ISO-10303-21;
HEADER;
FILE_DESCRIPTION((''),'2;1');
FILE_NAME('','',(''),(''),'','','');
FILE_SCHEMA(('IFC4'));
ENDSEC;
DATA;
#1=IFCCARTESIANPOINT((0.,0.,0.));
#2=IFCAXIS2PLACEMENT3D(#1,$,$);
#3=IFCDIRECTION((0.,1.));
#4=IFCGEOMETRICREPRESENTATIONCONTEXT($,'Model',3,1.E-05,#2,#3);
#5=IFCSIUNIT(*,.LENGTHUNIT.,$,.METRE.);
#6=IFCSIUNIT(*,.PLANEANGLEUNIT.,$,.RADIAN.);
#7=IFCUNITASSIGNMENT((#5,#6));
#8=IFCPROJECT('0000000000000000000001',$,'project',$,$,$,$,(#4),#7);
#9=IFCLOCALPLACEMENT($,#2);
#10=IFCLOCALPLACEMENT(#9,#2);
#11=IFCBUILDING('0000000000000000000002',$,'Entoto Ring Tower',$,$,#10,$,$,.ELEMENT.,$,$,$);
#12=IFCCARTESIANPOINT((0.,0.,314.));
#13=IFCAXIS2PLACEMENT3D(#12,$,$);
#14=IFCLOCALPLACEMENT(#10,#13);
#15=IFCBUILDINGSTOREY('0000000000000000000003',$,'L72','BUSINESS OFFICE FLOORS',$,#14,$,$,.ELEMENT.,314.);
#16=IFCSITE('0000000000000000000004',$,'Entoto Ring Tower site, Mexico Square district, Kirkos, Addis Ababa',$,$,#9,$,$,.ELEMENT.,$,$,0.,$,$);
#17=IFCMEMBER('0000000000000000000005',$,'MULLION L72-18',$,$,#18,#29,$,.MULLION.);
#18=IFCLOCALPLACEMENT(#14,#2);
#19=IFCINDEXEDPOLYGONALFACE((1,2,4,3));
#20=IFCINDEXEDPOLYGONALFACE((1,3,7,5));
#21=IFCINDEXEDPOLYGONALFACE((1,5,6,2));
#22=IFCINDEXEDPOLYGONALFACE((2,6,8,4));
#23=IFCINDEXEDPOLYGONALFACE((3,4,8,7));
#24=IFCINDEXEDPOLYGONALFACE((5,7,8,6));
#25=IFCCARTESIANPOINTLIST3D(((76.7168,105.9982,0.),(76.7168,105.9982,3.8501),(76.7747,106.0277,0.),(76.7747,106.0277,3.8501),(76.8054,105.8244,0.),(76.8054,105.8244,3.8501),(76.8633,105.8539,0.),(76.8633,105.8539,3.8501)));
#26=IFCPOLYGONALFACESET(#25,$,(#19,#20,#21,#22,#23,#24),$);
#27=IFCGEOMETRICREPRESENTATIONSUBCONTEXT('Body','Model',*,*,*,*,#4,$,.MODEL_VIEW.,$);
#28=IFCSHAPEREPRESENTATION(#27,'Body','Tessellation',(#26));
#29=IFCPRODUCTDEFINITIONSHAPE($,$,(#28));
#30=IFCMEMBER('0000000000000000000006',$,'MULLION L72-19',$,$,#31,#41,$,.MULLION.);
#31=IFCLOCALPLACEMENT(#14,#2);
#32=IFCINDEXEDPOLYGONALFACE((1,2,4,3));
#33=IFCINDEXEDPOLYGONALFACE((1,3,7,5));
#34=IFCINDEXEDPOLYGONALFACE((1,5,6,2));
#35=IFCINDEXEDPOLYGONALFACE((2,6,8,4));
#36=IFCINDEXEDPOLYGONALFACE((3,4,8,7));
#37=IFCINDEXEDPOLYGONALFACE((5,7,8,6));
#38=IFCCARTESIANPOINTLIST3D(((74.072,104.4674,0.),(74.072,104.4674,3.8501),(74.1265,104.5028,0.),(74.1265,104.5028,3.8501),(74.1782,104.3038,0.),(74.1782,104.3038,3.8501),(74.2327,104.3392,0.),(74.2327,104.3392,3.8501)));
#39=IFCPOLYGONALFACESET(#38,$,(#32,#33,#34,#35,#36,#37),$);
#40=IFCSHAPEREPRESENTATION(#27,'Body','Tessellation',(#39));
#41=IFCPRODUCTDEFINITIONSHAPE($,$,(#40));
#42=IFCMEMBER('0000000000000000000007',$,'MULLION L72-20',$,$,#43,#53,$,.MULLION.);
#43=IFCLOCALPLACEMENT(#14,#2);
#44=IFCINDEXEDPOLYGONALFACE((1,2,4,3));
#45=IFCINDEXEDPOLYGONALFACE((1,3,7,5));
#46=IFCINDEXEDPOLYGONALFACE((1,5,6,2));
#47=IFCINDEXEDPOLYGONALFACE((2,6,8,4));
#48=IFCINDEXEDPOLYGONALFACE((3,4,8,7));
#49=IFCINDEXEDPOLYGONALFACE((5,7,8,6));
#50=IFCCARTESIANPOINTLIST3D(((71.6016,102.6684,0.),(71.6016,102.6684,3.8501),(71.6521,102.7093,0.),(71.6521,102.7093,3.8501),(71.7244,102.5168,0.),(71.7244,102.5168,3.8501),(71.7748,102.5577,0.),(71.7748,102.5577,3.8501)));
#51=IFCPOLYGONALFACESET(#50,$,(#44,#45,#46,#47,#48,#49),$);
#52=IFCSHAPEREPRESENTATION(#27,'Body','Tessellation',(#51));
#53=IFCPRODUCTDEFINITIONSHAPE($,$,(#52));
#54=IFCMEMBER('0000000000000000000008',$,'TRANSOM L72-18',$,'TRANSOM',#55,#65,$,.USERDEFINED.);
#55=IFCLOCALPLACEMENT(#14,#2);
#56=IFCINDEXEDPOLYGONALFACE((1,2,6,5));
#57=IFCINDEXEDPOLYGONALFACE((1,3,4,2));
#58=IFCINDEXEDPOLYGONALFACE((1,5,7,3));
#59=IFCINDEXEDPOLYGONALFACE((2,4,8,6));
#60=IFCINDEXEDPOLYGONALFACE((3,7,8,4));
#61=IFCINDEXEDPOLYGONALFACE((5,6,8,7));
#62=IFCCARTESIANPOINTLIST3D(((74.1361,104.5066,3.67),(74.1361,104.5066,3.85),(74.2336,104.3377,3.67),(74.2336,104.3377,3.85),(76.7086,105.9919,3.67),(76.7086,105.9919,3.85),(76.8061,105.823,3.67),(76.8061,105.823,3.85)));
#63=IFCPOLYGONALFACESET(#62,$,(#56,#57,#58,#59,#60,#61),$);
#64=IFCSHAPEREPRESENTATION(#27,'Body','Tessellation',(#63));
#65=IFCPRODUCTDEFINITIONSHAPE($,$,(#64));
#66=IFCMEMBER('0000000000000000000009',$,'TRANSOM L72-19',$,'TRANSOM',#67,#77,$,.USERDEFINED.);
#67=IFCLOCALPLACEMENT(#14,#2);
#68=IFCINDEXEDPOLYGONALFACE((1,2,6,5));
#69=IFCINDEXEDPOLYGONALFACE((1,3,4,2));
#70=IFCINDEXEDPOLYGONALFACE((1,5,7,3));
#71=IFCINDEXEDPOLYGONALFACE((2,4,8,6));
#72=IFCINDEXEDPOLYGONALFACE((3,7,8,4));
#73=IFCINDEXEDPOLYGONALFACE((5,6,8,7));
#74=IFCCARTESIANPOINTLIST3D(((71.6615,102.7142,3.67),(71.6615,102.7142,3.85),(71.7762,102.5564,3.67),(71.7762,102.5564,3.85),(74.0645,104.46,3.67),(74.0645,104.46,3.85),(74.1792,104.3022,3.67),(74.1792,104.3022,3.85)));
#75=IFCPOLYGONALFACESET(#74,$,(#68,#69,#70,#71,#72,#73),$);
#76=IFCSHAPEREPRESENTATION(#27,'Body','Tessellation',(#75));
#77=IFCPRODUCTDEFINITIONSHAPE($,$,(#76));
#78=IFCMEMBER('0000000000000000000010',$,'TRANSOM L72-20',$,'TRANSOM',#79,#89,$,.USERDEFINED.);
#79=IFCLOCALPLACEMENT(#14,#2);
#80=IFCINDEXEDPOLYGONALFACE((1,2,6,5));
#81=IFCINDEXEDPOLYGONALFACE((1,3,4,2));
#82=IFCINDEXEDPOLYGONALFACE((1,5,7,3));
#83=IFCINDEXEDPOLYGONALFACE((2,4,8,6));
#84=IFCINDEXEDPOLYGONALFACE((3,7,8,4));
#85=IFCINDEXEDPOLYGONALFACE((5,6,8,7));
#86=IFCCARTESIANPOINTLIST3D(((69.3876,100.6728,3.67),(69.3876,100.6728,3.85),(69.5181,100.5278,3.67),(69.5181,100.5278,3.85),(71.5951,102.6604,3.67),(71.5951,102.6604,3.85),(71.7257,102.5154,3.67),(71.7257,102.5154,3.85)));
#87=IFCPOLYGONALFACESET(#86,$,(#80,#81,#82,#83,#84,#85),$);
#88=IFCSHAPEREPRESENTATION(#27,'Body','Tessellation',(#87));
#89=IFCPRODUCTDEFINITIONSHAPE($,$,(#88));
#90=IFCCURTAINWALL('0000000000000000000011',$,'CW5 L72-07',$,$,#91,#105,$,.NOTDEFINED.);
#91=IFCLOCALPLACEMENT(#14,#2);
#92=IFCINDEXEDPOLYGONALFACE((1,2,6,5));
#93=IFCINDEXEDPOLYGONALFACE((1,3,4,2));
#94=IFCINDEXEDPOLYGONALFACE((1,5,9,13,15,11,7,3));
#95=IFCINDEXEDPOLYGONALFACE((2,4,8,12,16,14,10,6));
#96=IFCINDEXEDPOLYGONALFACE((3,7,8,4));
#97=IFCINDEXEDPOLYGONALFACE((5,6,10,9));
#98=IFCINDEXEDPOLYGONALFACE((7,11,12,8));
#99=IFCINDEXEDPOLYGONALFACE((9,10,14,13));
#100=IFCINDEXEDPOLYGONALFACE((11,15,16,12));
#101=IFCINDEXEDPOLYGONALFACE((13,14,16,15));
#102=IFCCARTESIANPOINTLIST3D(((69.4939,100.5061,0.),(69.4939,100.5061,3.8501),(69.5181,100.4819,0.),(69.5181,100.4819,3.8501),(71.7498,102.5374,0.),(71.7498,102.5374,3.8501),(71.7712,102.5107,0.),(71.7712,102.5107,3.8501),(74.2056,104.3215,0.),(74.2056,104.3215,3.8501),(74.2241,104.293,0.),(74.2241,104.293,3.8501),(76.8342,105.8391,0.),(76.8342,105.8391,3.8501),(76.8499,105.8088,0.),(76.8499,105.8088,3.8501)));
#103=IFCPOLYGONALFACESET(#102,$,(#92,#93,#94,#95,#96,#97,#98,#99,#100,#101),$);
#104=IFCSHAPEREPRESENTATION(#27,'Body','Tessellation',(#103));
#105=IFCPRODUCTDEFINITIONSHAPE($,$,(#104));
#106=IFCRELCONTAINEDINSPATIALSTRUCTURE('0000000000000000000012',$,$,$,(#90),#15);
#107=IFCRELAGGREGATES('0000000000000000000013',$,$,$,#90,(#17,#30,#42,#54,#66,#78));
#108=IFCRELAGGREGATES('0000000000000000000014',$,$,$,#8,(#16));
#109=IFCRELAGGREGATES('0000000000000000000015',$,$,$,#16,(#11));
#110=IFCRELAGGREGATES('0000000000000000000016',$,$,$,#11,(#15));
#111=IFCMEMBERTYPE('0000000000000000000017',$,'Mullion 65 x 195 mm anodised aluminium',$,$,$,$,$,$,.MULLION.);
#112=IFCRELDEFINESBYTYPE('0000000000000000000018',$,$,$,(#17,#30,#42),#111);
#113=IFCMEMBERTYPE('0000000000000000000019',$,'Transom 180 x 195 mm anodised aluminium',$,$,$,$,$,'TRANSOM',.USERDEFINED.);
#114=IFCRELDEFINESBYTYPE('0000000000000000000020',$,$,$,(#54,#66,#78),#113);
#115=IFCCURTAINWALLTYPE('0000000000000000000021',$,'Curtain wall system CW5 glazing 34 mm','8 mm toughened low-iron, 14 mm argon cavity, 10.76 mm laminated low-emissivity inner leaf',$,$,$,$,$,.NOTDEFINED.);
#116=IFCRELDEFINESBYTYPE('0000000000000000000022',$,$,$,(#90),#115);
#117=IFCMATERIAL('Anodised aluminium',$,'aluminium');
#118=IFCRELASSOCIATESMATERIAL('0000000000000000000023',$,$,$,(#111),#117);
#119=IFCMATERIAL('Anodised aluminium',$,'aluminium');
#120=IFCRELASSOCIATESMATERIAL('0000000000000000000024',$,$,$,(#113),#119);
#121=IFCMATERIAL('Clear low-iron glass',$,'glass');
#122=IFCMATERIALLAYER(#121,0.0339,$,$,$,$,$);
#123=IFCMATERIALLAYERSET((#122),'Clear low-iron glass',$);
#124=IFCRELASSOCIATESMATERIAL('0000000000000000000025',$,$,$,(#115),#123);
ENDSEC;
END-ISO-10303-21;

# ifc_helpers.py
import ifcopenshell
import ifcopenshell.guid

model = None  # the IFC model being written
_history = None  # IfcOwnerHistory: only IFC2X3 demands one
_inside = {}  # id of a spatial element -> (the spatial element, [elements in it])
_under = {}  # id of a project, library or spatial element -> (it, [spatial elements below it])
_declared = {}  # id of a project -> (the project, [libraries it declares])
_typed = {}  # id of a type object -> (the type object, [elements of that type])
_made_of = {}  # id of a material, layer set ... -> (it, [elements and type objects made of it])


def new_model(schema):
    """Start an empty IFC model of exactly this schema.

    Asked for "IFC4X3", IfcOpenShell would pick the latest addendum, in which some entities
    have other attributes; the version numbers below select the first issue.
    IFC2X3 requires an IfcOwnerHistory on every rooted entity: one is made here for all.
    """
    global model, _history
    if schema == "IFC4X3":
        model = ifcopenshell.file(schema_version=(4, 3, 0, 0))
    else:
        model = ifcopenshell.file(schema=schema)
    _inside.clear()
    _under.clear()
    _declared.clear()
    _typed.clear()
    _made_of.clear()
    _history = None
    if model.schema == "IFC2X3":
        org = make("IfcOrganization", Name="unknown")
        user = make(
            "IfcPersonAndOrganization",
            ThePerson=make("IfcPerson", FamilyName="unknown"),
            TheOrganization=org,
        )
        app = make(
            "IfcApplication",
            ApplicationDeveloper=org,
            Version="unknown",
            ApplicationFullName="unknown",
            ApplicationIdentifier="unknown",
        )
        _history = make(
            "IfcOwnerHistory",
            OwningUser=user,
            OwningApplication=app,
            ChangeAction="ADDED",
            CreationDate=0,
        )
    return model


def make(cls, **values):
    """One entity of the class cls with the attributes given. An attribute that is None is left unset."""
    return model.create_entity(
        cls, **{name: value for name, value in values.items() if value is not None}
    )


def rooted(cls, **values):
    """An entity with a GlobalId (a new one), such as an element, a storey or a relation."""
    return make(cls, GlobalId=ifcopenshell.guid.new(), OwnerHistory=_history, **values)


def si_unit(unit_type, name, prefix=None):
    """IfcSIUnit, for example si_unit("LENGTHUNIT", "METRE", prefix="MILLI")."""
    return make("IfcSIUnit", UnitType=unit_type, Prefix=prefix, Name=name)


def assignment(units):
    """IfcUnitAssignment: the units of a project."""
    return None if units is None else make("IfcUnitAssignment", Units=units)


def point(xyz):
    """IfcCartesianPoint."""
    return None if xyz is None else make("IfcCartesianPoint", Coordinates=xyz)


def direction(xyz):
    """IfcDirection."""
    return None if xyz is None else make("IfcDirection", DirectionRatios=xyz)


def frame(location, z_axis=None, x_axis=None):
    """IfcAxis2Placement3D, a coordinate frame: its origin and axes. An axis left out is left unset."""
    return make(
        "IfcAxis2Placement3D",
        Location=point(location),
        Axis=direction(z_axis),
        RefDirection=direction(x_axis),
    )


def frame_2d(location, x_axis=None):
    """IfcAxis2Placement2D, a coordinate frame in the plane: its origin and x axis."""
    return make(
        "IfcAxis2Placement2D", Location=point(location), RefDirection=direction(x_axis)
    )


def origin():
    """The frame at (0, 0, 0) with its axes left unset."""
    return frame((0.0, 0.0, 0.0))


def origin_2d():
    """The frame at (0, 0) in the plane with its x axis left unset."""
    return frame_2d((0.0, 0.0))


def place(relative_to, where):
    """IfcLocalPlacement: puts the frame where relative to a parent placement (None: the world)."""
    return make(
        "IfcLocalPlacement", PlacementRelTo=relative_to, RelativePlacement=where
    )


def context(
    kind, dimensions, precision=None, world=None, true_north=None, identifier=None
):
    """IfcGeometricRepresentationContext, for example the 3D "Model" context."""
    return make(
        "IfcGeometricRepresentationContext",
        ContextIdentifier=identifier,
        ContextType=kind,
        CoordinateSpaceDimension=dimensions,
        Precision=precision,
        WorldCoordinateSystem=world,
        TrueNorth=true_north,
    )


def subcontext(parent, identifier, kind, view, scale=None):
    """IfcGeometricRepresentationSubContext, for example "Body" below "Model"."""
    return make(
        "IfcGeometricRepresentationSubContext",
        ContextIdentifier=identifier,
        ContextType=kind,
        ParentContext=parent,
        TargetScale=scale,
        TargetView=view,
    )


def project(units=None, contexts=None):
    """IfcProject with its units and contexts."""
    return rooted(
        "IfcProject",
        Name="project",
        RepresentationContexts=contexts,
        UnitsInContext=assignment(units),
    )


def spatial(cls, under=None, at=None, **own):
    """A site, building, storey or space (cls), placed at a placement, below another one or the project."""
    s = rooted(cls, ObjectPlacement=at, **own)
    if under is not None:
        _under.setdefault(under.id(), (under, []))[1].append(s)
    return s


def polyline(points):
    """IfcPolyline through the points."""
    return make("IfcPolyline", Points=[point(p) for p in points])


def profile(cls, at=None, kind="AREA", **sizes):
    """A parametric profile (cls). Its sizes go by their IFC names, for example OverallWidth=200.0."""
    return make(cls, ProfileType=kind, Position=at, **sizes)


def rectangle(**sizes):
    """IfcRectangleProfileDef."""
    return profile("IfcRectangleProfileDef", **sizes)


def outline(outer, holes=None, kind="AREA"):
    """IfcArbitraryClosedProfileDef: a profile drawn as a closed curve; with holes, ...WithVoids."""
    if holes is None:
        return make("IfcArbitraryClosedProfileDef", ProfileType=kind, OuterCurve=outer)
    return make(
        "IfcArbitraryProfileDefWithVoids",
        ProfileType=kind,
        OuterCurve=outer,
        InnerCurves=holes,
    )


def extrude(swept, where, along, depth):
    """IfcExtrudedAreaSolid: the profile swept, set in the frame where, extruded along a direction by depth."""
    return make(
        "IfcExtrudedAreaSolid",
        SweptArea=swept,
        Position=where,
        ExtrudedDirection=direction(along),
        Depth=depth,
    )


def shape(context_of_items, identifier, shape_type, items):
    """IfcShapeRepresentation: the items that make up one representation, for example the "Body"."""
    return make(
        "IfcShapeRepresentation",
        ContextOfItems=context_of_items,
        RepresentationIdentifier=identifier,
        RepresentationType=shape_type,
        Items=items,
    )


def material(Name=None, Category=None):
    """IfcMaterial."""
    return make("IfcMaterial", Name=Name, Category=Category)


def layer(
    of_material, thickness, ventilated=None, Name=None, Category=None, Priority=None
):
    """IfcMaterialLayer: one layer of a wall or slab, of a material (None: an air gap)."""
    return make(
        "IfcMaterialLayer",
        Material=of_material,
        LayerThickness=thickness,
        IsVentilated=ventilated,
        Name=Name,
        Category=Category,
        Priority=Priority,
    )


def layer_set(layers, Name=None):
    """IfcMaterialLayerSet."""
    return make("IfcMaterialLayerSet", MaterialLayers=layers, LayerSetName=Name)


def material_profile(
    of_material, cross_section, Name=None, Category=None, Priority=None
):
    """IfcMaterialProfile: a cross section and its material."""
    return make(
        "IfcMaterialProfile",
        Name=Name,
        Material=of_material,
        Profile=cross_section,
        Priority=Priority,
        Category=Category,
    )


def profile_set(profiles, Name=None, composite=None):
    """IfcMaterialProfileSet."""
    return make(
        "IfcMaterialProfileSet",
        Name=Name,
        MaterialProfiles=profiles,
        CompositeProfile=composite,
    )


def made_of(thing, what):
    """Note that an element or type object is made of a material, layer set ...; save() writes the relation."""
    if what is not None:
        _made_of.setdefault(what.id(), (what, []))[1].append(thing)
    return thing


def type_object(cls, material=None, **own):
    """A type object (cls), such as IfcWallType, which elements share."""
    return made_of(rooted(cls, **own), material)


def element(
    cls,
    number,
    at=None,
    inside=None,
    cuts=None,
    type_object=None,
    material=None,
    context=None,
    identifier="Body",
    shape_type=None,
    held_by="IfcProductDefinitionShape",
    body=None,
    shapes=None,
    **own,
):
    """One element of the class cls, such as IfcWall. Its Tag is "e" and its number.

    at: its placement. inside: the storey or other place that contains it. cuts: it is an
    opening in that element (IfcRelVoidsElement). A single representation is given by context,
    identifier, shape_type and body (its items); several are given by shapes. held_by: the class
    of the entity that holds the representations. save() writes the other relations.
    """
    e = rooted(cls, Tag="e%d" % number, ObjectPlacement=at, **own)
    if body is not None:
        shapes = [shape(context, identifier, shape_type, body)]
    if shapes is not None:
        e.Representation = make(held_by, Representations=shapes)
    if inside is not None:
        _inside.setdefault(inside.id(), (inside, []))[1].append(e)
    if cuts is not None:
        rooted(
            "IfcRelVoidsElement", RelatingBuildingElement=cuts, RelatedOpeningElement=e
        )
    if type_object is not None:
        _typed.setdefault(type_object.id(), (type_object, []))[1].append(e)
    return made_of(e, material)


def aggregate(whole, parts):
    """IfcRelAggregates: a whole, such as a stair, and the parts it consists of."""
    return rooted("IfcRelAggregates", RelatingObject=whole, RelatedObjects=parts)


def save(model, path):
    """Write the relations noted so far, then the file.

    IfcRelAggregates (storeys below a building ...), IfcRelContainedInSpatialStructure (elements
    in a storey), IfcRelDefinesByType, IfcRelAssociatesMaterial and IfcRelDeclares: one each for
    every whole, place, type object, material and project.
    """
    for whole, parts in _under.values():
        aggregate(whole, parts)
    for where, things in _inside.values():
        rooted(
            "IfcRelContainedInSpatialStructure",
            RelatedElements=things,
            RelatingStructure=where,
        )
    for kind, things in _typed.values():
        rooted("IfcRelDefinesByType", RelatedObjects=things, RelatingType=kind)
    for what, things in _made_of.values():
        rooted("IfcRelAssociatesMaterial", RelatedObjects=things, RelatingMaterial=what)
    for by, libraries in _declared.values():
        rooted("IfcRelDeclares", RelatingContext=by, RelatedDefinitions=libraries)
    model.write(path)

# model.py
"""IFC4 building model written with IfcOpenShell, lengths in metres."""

from ifc_helpers import new_model, si_unit, direction, frame, origin, origin_2d, place, context, subcontext, project, spatial, polyline, rectangle, outline, extrude, material, layer, layer_set, material_profile, profile_set, type_object, element, aggregate, save


model = new_model("IFC4")

# Units and contexts
model_context = context("Model", 3, precision=1e-05, world=origin(), true_north=direction((0.0, 1.0)))
body_context = subcontext(model_context, "Body", "Model", "MODEL_VIEW")
ifc_project = project(units=[si_unit("LENGTHUNIT", "METRE"), si_unit("PLANEANGLEUNIT", "RADIAN")], contexts=[model_context])

# Members
ifc_material_1 = material(Name="Anodised aluminium", Category="aluminium")
ifc_material_profile_1 = material_profile(ifc_material_1, rectangle(XDim=0.0649, YDim=0.1951, at=origin_2d()), Name="Mullion 65 x 195 mm anodised aluminium")
ifc_profile_set_1 = profile_set([ifc_material_profile_1], Name="Anodised aluminium")
member_type_1 = type_object("IfcMemberType", Name="Mullion 65 x 195 mm anodised aluminium", PredefinedType="MULLION", material=ifc_profile_set_1)
site_placement = place(None, origin())
building_placement = place(site_placement, origin())
storey_placement = place(building_placement, frame((0.0, 0.0, 314.0)))
member_1_placement = place(storey_placement, frame((76.79, 105.926, 0.0), z_axis=(0.0, 0.0, 1.0), x_axis=(-0.891007, -0.45399, 0.0)))
member_1 = element("IfcMember", 1, at=member_1_placement, type_object=member_type_1, Name="MULLION L72-18", PredefinedType="MULLION", context=body_context, shape_type="SweptSolid", body=[
    extrude(rectangle(XDim=0.0649, YDim=0.1951, at=origin_2d()), origin(), (0.0, 0.0, 1.0), 3.8501),
])
member_2_placement = place(storey_placement, frame((74.1523, 104.4033, 0.0), z_axis=(0.0, 0.0, 1.0), x_axis=(-0.838671, -0.544639, 0.0)))
member_2 = element("IfcMember", 2, at=member_2_placement, type_object=member_type_1, Name="MULLION L72-19", PredefinedType="MULLION", context=body_context, shape_type="SweptSolid", body=[
    extrude(rectangle(XDim=0.0649, YDim=0.1951, at=origin_2d()), origin(), (0.0, 0.0, 1.0), 3.8501),
])
member_3_placement = place(storey_placement, frame((71.6882, 102.613, 0.0), z_axis=(0.0, 0.0, 1.0), x_axis=(-0.777146, -0.62932, 0.0)))
member_3 = element("IfcMember", 3, at=member_3_placement, type_object=member_type_1, Name="MULLION L72-20", PredefinedType="MULLION", context=body_context, shape_type="SweptSolid", body=[
    extrude(rectangle(XDim=0.0649, YDim=0.1951, at=origin_2d()), origin(), (0.0, 0.0, 1.0), 3.8501),
])
ifc_material_2 = material(Name="Anodised aluminium", Category="aluminium")
ifc_material_profile_2 = material_profile(ifc_material_2, rectangle(XDim=0.1951, YDim=0.1799, at=origin_2d()), Name="Transom 180 x 195 mm anodised aluminium")
ifc_profile_set_2 = profile_set([ifc_material_profile_2], Name="Anodised aluminium")
member_type_2 = type_object("IfcMemberType", Name="Transom 180 x 195 mm anodised aluminium", ElementType="TRANSOM", PredefinedType="USERDEFINED", material=ifc_profile_set_2)
member_4_placement = place(storey_placement, frame((76.7573, 105.9075, 3.76), z_axis=(-0.866009, -0.500028, 0.0), x_axis=(0.500028, -0.866009, 0.0)))
member_4 = element("IfcMember", 4, at=member_4_placement, type_object=member_type_2, Name="TRANSOM L72-18", ObjectType="TRANSOM", PredefinedType="USERDEFINED", context=body_context, shape_type="SweptSolid", body=[
    extrude(rectangle(XDim=0.1951, YDim=0.1799, at=origin_2d()), origin(), (0.0, 0.0, 1.0), 2.9705),
])
member_5_placement = place(storey_placement, frame((74.1218, 104.3811, 3.76), z_axis=(-0.809031, -0.587766, 0.0), x_axis=(0.587766, -0.809031, 0.0)))
member_5 = element("IfcMember", 5, at=member_5_placement, type_object=member_type_2, Name="TRANSOM L72-19", ObjectType="TRANSOM", PredefinedType="USERDEFINED", context=body_context, shape_type="SweptSolid", body=[
    extrude(rectangle(XDim=0.1951, YDim=0.1799, at=origin_2d()), origin(), (0.0, 0.0, 1.0), 2.9702),
])
member_6_placement = place(storey_placement, frame((71.6604, 102.5879, 3.76), z_axis=(-0.743163, -0.66911, 0.0), x_axis=(0.66911, -0.743163, 0.0)))
member_6 = element("IfcMember", 6, at=member_6_placement, type_object=member_type_2, Name="TRANSOM L72-20", ObjectType="TRANSOM", PredefinedType="USERDEFINED", context=body_context, shape_type="SweptSolid", body=[
    extrude(rectangle(XDim=0.1951, YDim=0.1799, at=origin_2d()), origin(), (0.0, 0.0, 1.0), 2.9705),
])

# Site, building, storey
site = spatial("IfcSite", under=ifc_project, at=site_placement, Name="Entoto Ring Tower site, Mexico Square district, Kirkos, Addis Ababa", CompositionType="ELEMENT", RefElevation=0.0)
building = spatial("IfcBuilding", under=site, at=building_placement, Name="Entoto Ring Tower", CompositionType="ELEMENT")
storey = spatial("IfcBuildingStorey", under=building, at=storey_placement, Name="L72", Description="BUSINESS OFFICE FLOORS", CompositionType="ELEMENT", Elevation=314.0)

# Curtain wall
ifc_material_3 = material(Name="Clear low-iron glass", Category="glass")
ifc_layer = layer(ifc_material_3, 0.0339)
ifc_layer_set = layer_set([ifc_layer], Name="Clear low-iron glass")
curtain_wall_type = type_object("IfcCurtainWallType", Name="Curtain wall system CW5 glazing 34 mm", Description="8 mm toughened low-iron, 14 mm argon cavity, 10.76 mm laminated low-emissivity inner leaf", PredefinedType="NOTDEFINED", material=ifc_layer_set)
curtain_wall_1_placement = place(storey_placement, origin())
curtain_wall_1 = element("IfcCurtainWall", 7, at=curtain_wall_1_placement, inside=storey, type_object=curtain_wall_type, Name="CW5 L72-07", PredefinedType="NOTDEFINED", context=body_context, shape_type="SweptSolid", body=[
    extrude(outline(polyline([(76.8342, 105.8391), (74.2056, 104.3215), (71.7498, 102.5374), (69.4939, 100.5061), (69.5181, 100.4819), (71.7712, 102.5107), (74.2241, 104.293), (76.8499, 105.8088), (76.8342, 105.8391)])), origin(), (0.0, 0.0, 1.0), 3.8501),
])
aggregate(curtain_wall_1, [member_1, member_2, member_3, member_4, member_5, member_6])

save(model, "model.ifc")
